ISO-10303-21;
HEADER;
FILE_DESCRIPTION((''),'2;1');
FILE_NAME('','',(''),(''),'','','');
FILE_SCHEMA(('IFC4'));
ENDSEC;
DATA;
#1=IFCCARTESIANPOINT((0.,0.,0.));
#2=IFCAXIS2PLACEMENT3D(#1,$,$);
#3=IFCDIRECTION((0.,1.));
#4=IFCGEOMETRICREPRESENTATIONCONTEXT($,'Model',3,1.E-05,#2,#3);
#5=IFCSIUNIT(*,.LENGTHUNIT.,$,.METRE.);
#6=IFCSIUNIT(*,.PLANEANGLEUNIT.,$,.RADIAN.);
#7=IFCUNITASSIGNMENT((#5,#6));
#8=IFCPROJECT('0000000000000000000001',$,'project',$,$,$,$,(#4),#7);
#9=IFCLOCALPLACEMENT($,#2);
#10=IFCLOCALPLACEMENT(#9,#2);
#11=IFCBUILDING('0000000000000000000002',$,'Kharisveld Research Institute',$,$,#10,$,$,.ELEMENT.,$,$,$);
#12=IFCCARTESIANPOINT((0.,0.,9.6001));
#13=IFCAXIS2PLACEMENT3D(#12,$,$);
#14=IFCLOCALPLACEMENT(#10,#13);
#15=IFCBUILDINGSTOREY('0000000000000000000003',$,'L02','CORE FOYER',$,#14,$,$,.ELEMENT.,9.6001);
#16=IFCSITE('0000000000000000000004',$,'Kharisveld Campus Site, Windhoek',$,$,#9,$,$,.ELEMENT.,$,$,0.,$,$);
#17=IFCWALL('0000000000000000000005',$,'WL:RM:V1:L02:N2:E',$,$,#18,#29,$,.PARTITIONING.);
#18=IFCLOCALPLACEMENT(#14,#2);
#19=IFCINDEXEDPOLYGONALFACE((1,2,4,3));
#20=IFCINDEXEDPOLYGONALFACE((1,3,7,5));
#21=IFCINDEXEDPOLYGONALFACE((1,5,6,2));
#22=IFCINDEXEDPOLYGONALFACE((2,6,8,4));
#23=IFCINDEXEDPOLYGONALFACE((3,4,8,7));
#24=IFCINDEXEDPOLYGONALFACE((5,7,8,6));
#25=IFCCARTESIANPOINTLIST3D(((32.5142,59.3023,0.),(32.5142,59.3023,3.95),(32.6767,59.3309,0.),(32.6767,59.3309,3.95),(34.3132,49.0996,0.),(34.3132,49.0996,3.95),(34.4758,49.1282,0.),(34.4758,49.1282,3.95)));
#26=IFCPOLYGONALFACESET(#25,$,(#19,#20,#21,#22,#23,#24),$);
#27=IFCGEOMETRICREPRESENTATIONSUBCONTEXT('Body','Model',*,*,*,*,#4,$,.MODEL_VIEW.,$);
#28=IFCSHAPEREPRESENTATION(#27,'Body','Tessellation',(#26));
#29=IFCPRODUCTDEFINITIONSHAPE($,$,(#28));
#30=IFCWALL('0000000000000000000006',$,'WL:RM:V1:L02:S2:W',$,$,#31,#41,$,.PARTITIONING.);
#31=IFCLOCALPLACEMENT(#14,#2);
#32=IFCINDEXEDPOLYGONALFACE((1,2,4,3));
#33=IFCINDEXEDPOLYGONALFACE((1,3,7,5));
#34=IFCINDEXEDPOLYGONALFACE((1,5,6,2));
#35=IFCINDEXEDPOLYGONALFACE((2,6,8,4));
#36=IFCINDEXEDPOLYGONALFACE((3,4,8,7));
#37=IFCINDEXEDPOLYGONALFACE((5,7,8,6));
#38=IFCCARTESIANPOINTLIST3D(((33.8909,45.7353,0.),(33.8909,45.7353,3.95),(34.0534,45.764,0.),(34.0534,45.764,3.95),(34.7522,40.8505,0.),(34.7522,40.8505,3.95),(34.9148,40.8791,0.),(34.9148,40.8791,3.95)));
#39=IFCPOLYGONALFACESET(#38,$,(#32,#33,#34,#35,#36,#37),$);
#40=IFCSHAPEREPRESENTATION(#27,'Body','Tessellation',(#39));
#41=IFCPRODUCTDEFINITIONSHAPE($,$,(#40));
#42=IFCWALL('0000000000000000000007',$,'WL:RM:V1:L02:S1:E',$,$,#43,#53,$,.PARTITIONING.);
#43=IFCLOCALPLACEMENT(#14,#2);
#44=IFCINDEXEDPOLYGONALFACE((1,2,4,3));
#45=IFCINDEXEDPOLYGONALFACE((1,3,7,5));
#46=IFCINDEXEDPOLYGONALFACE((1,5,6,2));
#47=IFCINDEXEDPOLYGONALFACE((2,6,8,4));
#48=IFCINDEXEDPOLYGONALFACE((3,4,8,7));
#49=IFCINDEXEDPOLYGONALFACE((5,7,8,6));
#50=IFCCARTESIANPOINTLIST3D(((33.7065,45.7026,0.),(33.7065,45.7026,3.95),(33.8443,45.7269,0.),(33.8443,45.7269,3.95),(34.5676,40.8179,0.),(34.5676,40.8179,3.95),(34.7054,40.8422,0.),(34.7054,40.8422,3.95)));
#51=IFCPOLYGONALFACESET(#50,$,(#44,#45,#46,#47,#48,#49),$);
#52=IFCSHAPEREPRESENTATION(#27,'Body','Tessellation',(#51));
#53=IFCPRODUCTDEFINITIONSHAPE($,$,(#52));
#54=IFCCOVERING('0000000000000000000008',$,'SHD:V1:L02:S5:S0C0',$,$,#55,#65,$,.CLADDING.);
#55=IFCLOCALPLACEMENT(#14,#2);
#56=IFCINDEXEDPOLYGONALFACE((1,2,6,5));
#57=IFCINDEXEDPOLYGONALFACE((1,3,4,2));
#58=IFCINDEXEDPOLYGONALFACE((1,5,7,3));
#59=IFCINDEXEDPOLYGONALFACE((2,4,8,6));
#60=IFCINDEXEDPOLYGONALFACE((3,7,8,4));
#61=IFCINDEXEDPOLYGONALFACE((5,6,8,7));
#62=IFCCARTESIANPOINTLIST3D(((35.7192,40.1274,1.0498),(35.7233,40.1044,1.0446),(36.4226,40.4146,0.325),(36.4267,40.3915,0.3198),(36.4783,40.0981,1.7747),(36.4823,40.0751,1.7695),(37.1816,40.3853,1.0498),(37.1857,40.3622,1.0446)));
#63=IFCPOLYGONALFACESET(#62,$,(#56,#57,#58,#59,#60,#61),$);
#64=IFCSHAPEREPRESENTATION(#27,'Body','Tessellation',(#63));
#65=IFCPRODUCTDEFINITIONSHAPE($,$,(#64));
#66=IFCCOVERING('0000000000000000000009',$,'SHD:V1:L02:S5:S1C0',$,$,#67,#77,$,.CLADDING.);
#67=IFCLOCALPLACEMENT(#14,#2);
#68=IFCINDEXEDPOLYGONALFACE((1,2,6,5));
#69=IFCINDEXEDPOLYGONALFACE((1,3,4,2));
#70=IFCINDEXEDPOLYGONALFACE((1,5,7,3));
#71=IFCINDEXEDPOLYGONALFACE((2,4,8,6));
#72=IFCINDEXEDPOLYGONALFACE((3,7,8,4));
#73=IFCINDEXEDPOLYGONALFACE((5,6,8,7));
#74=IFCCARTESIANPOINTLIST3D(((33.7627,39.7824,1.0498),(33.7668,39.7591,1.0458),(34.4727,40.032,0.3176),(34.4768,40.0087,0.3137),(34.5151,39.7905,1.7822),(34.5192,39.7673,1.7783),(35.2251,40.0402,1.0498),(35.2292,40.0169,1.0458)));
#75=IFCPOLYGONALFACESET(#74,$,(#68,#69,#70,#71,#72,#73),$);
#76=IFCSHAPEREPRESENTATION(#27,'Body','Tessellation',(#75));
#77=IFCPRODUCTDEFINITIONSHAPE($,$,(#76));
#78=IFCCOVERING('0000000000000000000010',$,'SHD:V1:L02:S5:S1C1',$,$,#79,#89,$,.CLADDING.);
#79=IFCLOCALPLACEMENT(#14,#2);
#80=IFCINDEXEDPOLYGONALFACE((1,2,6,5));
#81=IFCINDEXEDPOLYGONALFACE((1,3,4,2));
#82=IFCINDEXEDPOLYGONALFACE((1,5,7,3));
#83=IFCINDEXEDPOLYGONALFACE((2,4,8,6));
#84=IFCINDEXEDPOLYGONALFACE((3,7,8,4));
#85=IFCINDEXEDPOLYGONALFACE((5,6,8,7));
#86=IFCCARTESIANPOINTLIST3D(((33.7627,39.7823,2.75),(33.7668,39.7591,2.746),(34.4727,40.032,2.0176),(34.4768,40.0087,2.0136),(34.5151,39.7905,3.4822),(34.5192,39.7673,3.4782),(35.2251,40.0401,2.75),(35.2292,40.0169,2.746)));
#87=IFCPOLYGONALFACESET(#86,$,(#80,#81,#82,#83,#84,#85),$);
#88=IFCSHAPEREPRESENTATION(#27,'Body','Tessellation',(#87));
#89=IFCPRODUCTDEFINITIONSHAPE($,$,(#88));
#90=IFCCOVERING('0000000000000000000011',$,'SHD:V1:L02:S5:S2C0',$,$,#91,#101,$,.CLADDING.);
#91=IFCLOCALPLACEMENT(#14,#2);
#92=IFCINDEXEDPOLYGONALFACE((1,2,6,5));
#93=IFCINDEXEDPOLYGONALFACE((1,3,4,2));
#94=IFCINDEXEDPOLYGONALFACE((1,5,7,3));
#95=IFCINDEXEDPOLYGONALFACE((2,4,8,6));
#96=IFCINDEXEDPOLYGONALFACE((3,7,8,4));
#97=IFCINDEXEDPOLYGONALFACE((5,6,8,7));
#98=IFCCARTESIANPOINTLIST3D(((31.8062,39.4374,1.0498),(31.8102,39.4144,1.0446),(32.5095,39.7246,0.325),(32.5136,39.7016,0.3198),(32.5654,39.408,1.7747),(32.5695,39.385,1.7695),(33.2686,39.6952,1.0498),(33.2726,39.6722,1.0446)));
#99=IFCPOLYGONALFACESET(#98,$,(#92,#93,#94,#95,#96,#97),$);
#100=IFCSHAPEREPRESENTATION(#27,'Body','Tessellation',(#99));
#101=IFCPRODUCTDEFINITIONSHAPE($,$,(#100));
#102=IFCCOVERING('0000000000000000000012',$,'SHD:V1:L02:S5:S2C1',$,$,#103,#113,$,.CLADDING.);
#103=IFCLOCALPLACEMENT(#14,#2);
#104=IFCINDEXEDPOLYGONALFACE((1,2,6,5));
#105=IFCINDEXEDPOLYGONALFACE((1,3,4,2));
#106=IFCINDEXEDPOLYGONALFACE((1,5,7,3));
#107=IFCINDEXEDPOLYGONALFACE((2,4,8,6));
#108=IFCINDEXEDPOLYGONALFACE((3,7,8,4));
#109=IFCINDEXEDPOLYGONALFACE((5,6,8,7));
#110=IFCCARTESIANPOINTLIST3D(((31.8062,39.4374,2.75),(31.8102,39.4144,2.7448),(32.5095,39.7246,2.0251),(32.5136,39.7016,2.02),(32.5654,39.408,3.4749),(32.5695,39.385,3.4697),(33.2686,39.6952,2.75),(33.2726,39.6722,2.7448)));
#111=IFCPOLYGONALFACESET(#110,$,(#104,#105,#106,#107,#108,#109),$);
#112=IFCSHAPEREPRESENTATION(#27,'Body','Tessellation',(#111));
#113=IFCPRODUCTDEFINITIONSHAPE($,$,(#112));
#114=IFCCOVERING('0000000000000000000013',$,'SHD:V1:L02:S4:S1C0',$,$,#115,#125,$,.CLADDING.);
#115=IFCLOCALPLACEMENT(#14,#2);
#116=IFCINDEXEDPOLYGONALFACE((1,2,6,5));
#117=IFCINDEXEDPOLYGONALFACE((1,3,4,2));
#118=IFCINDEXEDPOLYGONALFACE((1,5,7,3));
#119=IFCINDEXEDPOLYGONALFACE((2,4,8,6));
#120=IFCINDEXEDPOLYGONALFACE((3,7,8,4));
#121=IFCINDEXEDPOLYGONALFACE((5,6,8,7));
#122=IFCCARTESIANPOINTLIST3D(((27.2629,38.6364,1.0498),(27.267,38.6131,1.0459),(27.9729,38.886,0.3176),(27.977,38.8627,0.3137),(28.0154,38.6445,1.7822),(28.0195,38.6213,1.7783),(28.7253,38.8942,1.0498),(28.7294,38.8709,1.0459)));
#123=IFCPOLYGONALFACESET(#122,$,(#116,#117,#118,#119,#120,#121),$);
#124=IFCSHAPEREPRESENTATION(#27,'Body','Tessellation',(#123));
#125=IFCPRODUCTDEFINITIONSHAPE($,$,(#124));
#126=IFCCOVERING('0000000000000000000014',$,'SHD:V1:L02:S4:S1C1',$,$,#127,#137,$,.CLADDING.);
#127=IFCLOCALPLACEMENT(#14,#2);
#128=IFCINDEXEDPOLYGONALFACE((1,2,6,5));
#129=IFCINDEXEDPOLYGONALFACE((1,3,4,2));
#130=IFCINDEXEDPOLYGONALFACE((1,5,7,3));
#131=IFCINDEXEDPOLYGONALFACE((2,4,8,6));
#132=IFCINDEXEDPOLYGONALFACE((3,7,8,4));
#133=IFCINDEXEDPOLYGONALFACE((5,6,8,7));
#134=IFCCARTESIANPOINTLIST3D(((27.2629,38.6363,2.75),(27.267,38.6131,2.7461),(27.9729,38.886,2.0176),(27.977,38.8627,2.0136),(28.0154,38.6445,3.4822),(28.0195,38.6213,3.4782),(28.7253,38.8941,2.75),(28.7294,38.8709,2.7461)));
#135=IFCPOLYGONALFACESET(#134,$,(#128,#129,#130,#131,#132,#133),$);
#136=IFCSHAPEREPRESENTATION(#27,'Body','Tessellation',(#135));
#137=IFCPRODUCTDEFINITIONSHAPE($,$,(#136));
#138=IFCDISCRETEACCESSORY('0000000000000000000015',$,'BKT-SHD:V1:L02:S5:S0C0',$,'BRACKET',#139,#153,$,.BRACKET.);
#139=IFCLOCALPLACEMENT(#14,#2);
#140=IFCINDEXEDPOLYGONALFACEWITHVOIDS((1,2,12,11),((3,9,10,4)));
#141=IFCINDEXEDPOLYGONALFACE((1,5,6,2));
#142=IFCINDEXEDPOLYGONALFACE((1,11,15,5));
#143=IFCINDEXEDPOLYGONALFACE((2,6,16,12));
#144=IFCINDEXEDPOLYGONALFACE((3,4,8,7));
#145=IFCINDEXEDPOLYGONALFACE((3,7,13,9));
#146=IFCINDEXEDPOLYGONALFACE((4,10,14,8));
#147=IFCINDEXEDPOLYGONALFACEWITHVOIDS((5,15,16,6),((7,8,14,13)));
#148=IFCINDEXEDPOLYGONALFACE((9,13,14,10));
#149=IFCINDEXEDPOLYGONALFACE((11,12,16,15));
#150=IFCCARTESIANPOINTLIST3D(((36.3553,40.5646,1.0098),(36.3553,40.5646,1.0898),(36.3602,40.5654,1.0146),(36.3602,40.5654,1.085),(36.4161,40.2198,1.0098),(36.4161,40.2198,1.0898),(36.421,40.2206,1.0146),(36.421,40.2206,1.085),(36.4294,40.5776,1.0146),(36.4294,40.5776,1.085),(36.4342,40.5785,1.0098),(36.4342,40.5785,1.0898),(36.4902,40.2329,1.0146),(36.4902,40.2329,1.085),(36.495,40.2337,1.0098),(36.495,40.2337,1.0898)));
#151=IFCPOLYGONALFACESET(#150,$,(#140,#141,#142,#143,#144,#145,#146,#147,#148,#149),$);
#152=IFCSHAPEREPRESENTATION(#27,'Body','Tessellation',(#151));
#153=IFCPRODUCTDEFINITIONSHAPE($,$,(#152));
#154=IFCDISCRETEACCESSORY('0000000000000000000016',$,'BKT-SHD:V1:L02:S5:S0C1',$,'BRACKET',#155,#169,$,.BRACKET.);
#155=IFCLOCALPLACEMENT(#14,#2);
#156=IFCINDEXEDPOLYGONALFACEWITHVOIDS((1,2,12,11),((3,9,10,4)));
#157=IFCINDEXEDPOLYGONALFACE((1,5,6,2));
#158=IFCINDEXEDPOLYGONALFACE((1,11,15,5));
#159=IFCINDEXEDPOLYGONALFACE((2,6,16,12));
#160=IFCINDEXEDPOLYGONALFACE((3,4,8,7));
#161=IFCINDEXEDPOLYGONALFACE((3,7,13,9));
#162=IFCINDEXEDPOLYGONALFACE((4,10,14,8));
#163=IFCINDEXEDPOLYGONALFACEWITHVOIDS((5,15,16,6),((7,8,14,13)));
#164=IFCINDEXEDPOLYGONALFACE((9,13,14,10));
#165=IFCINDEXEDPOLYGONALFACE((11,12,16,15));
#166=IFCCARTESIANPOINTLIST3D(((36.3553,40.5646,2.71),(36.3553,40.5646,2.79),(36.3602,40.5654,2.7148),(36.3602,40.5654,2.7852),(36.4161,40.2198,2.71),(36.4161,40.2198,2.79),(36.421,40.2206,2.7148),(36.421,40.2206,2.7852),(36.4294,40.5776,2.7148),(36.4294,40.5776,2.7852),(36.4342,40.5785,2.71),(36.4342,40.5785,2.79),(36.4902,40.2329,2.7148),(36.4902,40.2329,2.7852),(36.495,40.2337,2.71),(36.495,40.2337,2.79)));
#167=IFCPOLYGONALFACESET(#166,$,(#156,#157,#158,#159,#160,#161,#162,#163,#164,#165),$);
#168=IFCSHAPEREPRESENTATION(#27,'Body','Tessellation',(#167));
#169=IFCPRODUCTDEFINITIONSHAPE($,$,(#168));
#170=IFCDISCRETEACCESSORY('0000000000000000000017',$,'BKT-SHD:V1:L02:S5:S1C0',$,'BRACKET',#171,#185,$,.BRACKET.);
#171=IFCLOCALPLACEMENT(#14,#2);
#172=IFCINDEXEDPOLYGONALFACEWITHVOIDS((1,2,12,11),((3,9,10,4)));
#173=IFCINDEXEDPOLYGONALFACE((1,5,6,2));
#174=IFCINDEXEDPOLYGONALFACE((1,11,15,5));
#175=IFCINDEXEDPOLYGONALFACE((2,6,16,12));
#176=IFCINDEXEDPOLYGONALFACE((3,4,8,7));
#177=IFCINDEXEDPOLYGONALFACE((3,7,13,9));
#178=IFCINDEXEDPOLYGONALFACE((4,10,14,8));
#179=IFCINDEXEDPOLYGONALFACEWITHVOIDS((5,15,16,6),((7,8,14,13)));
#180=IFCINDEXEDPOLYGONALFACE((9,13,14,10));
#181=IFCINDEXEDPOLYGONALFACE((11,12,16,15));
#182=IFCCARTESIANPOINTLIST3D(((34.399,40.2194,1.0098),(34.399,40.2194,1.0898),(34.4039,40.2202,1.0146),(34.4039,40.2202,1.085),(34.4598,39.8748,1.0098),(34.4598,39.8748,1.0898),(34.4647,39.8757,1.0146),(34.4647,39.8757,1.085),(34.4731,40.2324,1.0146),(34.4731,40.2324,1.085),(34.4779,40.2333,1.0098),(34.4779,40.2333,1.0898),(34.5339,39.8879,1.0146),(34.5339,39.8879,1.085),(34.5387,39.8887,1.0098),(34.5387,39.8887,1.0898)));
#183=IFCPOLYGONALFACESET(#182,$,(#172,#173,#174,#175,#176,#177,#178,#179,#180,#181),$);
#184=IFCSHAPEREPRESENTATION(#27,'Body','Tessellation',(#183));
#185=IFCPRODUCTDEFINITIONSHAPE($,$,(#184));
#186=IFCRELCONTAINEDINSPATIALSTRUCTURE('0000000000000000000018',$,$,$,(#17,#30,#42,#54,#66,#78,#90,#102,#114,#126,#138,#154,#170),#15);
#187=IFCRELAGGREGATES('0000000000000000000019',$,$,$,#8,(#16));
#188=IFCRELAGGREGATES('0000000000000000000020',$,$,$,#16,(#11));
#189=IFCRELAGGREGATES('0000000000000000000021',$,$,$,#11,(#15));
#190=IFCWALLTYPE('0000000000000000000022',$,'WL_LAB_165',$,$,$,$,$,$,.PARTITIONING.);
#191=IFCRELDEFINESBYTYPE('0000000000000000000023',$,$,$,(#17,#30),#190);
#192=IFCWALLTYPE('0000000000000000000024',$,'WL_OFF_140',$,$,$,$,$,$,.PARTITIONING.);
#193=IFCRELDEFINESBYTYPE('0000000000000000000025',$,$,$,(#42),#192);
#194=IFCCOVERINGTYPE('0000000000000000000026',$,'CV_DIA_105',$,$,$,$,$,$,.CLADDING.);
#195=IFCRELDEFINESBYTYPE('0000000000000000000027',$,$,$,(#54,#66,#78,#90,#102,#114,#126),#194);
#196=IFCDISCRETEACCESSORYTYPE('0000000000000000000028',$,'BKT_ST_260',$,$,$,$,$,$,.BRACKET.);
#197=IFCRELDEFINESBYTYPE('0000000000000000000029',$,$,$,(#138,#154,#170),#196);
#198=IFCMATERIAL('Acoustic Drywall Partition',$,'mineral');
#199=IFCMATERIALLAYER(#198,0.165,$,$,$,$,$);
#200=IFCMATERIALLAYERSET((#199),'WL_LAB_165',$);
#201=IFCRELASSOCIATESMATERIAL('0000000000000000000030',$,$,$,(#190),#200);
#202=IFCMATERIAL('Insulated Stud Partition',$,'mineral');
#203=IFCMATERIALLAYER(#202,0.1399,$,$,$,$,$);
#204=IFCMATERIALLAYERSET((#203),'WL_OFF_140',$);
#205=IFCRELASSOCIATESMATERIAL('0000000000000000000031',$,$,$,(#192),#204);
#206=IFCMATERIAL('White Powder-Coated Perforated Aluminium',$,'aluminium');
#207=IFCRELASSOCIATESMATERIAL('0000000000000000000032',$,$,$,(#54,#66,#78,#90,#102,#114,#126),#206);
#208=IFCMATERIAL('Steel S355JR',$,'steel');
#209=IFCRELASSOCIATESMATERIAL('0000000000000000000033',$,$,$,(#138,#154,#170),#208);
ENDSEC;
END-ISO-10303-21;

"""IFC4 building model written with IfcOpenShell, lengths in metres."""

from ifc_helpers import new_model, si_unit, direction, frame, frame_2d, origin, origin_2d, place, context, subcontext, project, spatial, polyline, rectangle, hollow_rectangle, outline, extrude, material, layer, layer_set, type_object, element, save


model = new_model("IFC4")

# Units and contexts
model_context = context("Model", 3, precision=1e-05, world=origin(), true_north=direction((0.0, 1.0)))
body_context = subcontext(model_context, "Body", "Model", "MODEL_VIEW")
ifc_project = project(units=[si_unit("LENGTHUNIT", "METRE"), si_unit("PLANEANGLEUNIT", "RADIAN")], contexts=[model_context])

# Site, building, storey
site_placement = place(None, origin())
site = spatial("IfcSite", under=ifc_project, at=site_placement, Name="Kharisveld Campus Site, Windhoek", CompositionType="ELEMENT", RefElevation=0.0)
building_placement = place(site_placement, origin())
building = spatial("IfcBuilding", under=site, at=building_placement, Name="Kharisveld Research Institute", CompositionType="ELEMENT")
storey_placement = place(building_placement, frame((0.0, 0.0, 9.6001)))
storey = spatial("IfcBuildingStorey", under=building, at=storey_placement, Name="L02", Description="CORE FOYER", CompositionType="ELEMENT", Elevation=9.6001)

# Walls
ifc_material_1 = material(Name="Acoustic Drywall Partition", Category="mineral")
ifc_layer_1 = layer(ifc_material_1, 0.165)
ifc_layer_set_1 = layer_set([ifc_layer_1], Name="WL_LAB_165")
wall_type_1 = type_object("IfcWallType", Name="WL_LAB_165", PredefinedType="PARTITIONING", material=ifc_layer_set_1)
wall_1_placement = place(storey_placement, frame((34.3945, 49.1138, 0.0), z_axis=(0.0, 0.0, 1.0), x_axis=(-0.173655, 0.984807, 0.0)))
element("IfcWall", 1, at=wall_1_placement, inside=storey, type_object=wall_type_1, Name="WL:RM:V1:L02:N2:E", PredefinedType="PARTITIONING", context=body_context, shape_type="SweptSolid", body=[
    extrude(rectangle(XDim=10.3601, YDim=0.165, at=frame_2d((5.1802, 0.0))), origin(), (0.0, 0.0, 1.0), 3.95),
])
wall_2_placement = place(storey_placement, frame((33.9722, 45.7495, 0.0), z_axis=(0.0, 0.0, 1.0), x_axis=(0.173651, -0.984807, 0.0)))
element("IfcWall", 2, at=wall_2_placement, inside=storey, type_object=wall_type_1, Name="WL:RM:V1:L02:S2:W", PredefinedType="PARTITIONING", context=body_context, shape_type="SweptSolid", body=[
    extrude(rectangle(XDim=4.9602, YDim=0.165, at=frame_2d((2.48, 0.0))), origin(), (0.0, 0.0, 1.0), 3.95),
])

# Shared definitions
ifc_material_2 = material(Name="Insulated Stud Partition", Category="mineral")
ifc_layer_2 = layer(ifc_material_2, 0.1399)
ifc_layer_set_2 = layer_set([ifc_layer_2], Name="WL_OFF_140")
wall_type_2 = type_object("IfcWallType", Name="WL_OFF_140", PredefinedType="PARTITIONING", material=ifc_layer_set_2)

# Wall
wall_3_placement = place(storey_placement, frame((34.6365, 40.8301, 0.0), z_axis=(0.0, 0.0, 1.0), x_axis=(-0.173611, 0.984814, 0.0)))
element("IfcWall", 3, at=wall_3_placement, inside=storey, type_object=wall_type_2, Name="WL:RM:V1:L02:S1:E", PredefinedType="PARTITIONING", context=body_context, shape_type="SweptSolid", body=[
    extrude(rectangle(XDim=4.96, YDim=0.1399, at=frame_2d((2.48, 0.0))), origin(), (0.0, 0.0, 1.0), 3.95),
])

# Coverings
ifc_material_3 = material(Name="White Powder-Coated Perforated Aluminium", Category="aluminium")
covering_type = type_object("IfcCoveringType", Name="CV_DIA_105", PredefinedType="CLADDING")
covering_1_placement = place(storey_placement, frame((36.4226, 40.4146, 0.325), z_axis=(-0.169504, 0.961487, 0.216358), x_axis=(-0.669853, -0.273429, 0.690314)))
element("IfcCovering", 4, at=covering_1_placement, inside=storey, type_object=covering_type, material=ifc_material_3, Name="SHD:V1:L02:S5:S0C0", PredefinedType="CLADDING", context=body_context, shape_type="SweptSolid", body=[
    extrude(outline(polyline([(0.0, 0.0), (1.05, 0.0), (1.05, 1.05), (-0.0001, 1.05), (0.0, 0.0)])), origin(), (0.0, 0.0, -1.0), 0.0239),
])
covering_2_placement = place(storey_placement, frame((34.4727, 40.032, 0.3176), z_axis=(-0.171234, 0.971299, 0.165096), x_axis=(-0.676173, -0.237734, 0.697333)))
element("IfcCovering", 5, at=covering_2_placement, inside=storey, type_object=covering_type, material=ifc_material_3, Name="SHD:V1:L02:S5:S1C0", PredefinedType="CLADDING", context=body_context, shape_type="SweptSolid", body=[
    extrude(outline(polyline([(0.0, 0.0), (1.0499, 0.0), (1.05, 1.0501), (-0.0002, 1.0499), (0.0, 0.0)])), origin(), (0.0, 0.0, -1.0), 0.0239),
])
covering_3_placement = place(storey_placement, frame((34.4727, 40.032, 2.0176), z_axis=(-0.171234, 0.971299, 0.165096), x_axis=(-0.676056, -0.237732, 0.697446)))
element("IfcCovering", 6, at=covering_3_placement, inside=storey, type_object=covering_type, material=ifc_material_3, Name="SHD:V1:L02:S5:S1C1", PredefinedType="CLADDING", context=body_context, shape_type="SweptSolid", body=[
    extrude(outline(polyline([(0.0, 0.0), (1.0501, 0.0), (1.0502, 1.0499), (0.0002, 1.0501), (0.0, 0.0)])), origin(), (0.0, 0.0, -1.0), 0.0239),
])
for number, where, z_axis, x_axis, name in (
    (7, (32.5095, 39.7246, 0.325), (-0.169497, 0.961447, 0.21654), (-0.669831, -0.273555, 0.690286), "SHD:V1:L02:S5:S2C0"),
    (8, (32.5095, 39.7246, 2.0251), (-0.169497, 0.961447, 0.21654), (-0.669831, -0.273555, 0.690286), "SHD:V1:L02:S5:S2C1"),
):
    element("IfcCovering", number, at=place(storey_placement, frame(where, z_axis=z_axis, x_axis=x_axis)), inside=storey, type_object=covering_type, material=ifc_material_3, Name=name, PredefinedType="CLADDING", context=body_context, shape_type="SweptSolid", body=[
        extrude(outline(polyline([(0.0, 0.0), (1.05, 0.0), (1.0499, 1.0501), (-0.0001, 1.05), (0.0, 0.0)])), origin(), (0.0, 0.0, -1.0), 0.0239),
    ])
covering_4_placement = place(storey_placement, frame((27.9729, 38.886, 0.3176), z_axis=(-0.171234, 0.971299, 0.165096), x_axis=(-0.676174, -0.237734, 0.697332)))
element("IfcCovering", 9, at=covering_4_placement, inside=storey, type_object=covering_type, material=ifc_material_3, Name="SHD:V1:L02:S4:S1C0", PredefinedType="CLADDING", context=body_context, shape_type="SweptSolid", body=[
    extrude(outline(polyline([(0.0, 0.0), (1.05, 0.0), (1.05, 1.0501), (-0.0001, 1.0499), (0.0, 0.0)])), origin(), (0.0, 0.0, -1.0), 0.0239),
])
covering_5_placement = place(storey_placement, frame((27.9729, 38.886, 2.0176), z_axis=(-0.171234, 0.971299, 0.165096), x_axis=(-0.676058, -0.237732, 0.697445)))
element("IfcCovering", 10, at=covering_5_placement, inside=storey, type_object=covering_type, material=ifc_material_3, Name="SHD:V1:L02:S4:S1C1", PredefinedType="CLADDING", context=body_context, shape_type="SweptSolid", body=[
    extrude(outline(polyline([(0.0, 0.0), (1.0502, 0.0), (1.0502, 1.0499), (0.0002, 1.0501), (0.0, 0.0)])), origin(), (0.0, 0.0, -1.0), 0.0239),
])

# Discrete accessories
ifc_material_4 = material(Name="Steel S355JR", Category="steel")
discrete_accessory_type = type_object("IfcDiscreteAccessoryType", Name="BKT_ST_260", PredefinedType="BRACKET")
for number, where, z_axis, x_axis, name in (
    (11, (36.3948, 40.5715, 1.0498), (0.173666, -0.984805, 0.0), (0.984805, 0.173666, 0.0), "BKT-SHD:V1:L02:S5:S0C0"),
    (12, (36.3948, 40.5715, 2.75), (0.173666, -0.984805, 0.0), (0.984805, 0.173666, 0.0), "BKT-SHD:V1:L02:S5:S0C1"),
):
    element("IfcDiscreteAccessory", number, at=place(storey_placement, frame(where, z_axis=z_axis, x_axis=x_axis)), inside=storey, type_object=discrete_accessory_type, material=ifc_material_4, Name=name, ObjectType="BRACKET", PredefinedType="BRACKET", context=body_context, shape_type="SweptSolid", body=[
        extrude(hollow_rectangle(XDim=0.0801, YDim=0.0801, WallThickness=0.0049, at=origin_2d()), origin(), (0.0, 0.0, 1.0), 0.3501),
    ])
for number, where, z_axis, x_axis, name in (
    (13, (34.4385, 40.2263, 1.0498), (0.173785, -0.984784, 0.0), (0.984784, 0.173785, 0.0), "BKT-SHD:V1:L02:S5:S1C0"),
):
    element("IfcDiscreteAccessory", number, at=place(storey_placement, frame(where, z_axis=z_axis, x_axis=x_axis)), inside=storey, type_object=discrete_accessory_type, material=ifc_material_4, Name=name, ObjectType="BRACKET", PredefinedType="BRACKET", context=body_context, shape_type="SweptSolid", body=[
        extrude(hollow_rectangle(XDim=0.0801, YDim=0.0801, WallThickness=0.0049, at=origin_2d()), origin(), (0.0, 0.0, 1.0), 0.3499),
    ])

save(model, "model.ifc")
